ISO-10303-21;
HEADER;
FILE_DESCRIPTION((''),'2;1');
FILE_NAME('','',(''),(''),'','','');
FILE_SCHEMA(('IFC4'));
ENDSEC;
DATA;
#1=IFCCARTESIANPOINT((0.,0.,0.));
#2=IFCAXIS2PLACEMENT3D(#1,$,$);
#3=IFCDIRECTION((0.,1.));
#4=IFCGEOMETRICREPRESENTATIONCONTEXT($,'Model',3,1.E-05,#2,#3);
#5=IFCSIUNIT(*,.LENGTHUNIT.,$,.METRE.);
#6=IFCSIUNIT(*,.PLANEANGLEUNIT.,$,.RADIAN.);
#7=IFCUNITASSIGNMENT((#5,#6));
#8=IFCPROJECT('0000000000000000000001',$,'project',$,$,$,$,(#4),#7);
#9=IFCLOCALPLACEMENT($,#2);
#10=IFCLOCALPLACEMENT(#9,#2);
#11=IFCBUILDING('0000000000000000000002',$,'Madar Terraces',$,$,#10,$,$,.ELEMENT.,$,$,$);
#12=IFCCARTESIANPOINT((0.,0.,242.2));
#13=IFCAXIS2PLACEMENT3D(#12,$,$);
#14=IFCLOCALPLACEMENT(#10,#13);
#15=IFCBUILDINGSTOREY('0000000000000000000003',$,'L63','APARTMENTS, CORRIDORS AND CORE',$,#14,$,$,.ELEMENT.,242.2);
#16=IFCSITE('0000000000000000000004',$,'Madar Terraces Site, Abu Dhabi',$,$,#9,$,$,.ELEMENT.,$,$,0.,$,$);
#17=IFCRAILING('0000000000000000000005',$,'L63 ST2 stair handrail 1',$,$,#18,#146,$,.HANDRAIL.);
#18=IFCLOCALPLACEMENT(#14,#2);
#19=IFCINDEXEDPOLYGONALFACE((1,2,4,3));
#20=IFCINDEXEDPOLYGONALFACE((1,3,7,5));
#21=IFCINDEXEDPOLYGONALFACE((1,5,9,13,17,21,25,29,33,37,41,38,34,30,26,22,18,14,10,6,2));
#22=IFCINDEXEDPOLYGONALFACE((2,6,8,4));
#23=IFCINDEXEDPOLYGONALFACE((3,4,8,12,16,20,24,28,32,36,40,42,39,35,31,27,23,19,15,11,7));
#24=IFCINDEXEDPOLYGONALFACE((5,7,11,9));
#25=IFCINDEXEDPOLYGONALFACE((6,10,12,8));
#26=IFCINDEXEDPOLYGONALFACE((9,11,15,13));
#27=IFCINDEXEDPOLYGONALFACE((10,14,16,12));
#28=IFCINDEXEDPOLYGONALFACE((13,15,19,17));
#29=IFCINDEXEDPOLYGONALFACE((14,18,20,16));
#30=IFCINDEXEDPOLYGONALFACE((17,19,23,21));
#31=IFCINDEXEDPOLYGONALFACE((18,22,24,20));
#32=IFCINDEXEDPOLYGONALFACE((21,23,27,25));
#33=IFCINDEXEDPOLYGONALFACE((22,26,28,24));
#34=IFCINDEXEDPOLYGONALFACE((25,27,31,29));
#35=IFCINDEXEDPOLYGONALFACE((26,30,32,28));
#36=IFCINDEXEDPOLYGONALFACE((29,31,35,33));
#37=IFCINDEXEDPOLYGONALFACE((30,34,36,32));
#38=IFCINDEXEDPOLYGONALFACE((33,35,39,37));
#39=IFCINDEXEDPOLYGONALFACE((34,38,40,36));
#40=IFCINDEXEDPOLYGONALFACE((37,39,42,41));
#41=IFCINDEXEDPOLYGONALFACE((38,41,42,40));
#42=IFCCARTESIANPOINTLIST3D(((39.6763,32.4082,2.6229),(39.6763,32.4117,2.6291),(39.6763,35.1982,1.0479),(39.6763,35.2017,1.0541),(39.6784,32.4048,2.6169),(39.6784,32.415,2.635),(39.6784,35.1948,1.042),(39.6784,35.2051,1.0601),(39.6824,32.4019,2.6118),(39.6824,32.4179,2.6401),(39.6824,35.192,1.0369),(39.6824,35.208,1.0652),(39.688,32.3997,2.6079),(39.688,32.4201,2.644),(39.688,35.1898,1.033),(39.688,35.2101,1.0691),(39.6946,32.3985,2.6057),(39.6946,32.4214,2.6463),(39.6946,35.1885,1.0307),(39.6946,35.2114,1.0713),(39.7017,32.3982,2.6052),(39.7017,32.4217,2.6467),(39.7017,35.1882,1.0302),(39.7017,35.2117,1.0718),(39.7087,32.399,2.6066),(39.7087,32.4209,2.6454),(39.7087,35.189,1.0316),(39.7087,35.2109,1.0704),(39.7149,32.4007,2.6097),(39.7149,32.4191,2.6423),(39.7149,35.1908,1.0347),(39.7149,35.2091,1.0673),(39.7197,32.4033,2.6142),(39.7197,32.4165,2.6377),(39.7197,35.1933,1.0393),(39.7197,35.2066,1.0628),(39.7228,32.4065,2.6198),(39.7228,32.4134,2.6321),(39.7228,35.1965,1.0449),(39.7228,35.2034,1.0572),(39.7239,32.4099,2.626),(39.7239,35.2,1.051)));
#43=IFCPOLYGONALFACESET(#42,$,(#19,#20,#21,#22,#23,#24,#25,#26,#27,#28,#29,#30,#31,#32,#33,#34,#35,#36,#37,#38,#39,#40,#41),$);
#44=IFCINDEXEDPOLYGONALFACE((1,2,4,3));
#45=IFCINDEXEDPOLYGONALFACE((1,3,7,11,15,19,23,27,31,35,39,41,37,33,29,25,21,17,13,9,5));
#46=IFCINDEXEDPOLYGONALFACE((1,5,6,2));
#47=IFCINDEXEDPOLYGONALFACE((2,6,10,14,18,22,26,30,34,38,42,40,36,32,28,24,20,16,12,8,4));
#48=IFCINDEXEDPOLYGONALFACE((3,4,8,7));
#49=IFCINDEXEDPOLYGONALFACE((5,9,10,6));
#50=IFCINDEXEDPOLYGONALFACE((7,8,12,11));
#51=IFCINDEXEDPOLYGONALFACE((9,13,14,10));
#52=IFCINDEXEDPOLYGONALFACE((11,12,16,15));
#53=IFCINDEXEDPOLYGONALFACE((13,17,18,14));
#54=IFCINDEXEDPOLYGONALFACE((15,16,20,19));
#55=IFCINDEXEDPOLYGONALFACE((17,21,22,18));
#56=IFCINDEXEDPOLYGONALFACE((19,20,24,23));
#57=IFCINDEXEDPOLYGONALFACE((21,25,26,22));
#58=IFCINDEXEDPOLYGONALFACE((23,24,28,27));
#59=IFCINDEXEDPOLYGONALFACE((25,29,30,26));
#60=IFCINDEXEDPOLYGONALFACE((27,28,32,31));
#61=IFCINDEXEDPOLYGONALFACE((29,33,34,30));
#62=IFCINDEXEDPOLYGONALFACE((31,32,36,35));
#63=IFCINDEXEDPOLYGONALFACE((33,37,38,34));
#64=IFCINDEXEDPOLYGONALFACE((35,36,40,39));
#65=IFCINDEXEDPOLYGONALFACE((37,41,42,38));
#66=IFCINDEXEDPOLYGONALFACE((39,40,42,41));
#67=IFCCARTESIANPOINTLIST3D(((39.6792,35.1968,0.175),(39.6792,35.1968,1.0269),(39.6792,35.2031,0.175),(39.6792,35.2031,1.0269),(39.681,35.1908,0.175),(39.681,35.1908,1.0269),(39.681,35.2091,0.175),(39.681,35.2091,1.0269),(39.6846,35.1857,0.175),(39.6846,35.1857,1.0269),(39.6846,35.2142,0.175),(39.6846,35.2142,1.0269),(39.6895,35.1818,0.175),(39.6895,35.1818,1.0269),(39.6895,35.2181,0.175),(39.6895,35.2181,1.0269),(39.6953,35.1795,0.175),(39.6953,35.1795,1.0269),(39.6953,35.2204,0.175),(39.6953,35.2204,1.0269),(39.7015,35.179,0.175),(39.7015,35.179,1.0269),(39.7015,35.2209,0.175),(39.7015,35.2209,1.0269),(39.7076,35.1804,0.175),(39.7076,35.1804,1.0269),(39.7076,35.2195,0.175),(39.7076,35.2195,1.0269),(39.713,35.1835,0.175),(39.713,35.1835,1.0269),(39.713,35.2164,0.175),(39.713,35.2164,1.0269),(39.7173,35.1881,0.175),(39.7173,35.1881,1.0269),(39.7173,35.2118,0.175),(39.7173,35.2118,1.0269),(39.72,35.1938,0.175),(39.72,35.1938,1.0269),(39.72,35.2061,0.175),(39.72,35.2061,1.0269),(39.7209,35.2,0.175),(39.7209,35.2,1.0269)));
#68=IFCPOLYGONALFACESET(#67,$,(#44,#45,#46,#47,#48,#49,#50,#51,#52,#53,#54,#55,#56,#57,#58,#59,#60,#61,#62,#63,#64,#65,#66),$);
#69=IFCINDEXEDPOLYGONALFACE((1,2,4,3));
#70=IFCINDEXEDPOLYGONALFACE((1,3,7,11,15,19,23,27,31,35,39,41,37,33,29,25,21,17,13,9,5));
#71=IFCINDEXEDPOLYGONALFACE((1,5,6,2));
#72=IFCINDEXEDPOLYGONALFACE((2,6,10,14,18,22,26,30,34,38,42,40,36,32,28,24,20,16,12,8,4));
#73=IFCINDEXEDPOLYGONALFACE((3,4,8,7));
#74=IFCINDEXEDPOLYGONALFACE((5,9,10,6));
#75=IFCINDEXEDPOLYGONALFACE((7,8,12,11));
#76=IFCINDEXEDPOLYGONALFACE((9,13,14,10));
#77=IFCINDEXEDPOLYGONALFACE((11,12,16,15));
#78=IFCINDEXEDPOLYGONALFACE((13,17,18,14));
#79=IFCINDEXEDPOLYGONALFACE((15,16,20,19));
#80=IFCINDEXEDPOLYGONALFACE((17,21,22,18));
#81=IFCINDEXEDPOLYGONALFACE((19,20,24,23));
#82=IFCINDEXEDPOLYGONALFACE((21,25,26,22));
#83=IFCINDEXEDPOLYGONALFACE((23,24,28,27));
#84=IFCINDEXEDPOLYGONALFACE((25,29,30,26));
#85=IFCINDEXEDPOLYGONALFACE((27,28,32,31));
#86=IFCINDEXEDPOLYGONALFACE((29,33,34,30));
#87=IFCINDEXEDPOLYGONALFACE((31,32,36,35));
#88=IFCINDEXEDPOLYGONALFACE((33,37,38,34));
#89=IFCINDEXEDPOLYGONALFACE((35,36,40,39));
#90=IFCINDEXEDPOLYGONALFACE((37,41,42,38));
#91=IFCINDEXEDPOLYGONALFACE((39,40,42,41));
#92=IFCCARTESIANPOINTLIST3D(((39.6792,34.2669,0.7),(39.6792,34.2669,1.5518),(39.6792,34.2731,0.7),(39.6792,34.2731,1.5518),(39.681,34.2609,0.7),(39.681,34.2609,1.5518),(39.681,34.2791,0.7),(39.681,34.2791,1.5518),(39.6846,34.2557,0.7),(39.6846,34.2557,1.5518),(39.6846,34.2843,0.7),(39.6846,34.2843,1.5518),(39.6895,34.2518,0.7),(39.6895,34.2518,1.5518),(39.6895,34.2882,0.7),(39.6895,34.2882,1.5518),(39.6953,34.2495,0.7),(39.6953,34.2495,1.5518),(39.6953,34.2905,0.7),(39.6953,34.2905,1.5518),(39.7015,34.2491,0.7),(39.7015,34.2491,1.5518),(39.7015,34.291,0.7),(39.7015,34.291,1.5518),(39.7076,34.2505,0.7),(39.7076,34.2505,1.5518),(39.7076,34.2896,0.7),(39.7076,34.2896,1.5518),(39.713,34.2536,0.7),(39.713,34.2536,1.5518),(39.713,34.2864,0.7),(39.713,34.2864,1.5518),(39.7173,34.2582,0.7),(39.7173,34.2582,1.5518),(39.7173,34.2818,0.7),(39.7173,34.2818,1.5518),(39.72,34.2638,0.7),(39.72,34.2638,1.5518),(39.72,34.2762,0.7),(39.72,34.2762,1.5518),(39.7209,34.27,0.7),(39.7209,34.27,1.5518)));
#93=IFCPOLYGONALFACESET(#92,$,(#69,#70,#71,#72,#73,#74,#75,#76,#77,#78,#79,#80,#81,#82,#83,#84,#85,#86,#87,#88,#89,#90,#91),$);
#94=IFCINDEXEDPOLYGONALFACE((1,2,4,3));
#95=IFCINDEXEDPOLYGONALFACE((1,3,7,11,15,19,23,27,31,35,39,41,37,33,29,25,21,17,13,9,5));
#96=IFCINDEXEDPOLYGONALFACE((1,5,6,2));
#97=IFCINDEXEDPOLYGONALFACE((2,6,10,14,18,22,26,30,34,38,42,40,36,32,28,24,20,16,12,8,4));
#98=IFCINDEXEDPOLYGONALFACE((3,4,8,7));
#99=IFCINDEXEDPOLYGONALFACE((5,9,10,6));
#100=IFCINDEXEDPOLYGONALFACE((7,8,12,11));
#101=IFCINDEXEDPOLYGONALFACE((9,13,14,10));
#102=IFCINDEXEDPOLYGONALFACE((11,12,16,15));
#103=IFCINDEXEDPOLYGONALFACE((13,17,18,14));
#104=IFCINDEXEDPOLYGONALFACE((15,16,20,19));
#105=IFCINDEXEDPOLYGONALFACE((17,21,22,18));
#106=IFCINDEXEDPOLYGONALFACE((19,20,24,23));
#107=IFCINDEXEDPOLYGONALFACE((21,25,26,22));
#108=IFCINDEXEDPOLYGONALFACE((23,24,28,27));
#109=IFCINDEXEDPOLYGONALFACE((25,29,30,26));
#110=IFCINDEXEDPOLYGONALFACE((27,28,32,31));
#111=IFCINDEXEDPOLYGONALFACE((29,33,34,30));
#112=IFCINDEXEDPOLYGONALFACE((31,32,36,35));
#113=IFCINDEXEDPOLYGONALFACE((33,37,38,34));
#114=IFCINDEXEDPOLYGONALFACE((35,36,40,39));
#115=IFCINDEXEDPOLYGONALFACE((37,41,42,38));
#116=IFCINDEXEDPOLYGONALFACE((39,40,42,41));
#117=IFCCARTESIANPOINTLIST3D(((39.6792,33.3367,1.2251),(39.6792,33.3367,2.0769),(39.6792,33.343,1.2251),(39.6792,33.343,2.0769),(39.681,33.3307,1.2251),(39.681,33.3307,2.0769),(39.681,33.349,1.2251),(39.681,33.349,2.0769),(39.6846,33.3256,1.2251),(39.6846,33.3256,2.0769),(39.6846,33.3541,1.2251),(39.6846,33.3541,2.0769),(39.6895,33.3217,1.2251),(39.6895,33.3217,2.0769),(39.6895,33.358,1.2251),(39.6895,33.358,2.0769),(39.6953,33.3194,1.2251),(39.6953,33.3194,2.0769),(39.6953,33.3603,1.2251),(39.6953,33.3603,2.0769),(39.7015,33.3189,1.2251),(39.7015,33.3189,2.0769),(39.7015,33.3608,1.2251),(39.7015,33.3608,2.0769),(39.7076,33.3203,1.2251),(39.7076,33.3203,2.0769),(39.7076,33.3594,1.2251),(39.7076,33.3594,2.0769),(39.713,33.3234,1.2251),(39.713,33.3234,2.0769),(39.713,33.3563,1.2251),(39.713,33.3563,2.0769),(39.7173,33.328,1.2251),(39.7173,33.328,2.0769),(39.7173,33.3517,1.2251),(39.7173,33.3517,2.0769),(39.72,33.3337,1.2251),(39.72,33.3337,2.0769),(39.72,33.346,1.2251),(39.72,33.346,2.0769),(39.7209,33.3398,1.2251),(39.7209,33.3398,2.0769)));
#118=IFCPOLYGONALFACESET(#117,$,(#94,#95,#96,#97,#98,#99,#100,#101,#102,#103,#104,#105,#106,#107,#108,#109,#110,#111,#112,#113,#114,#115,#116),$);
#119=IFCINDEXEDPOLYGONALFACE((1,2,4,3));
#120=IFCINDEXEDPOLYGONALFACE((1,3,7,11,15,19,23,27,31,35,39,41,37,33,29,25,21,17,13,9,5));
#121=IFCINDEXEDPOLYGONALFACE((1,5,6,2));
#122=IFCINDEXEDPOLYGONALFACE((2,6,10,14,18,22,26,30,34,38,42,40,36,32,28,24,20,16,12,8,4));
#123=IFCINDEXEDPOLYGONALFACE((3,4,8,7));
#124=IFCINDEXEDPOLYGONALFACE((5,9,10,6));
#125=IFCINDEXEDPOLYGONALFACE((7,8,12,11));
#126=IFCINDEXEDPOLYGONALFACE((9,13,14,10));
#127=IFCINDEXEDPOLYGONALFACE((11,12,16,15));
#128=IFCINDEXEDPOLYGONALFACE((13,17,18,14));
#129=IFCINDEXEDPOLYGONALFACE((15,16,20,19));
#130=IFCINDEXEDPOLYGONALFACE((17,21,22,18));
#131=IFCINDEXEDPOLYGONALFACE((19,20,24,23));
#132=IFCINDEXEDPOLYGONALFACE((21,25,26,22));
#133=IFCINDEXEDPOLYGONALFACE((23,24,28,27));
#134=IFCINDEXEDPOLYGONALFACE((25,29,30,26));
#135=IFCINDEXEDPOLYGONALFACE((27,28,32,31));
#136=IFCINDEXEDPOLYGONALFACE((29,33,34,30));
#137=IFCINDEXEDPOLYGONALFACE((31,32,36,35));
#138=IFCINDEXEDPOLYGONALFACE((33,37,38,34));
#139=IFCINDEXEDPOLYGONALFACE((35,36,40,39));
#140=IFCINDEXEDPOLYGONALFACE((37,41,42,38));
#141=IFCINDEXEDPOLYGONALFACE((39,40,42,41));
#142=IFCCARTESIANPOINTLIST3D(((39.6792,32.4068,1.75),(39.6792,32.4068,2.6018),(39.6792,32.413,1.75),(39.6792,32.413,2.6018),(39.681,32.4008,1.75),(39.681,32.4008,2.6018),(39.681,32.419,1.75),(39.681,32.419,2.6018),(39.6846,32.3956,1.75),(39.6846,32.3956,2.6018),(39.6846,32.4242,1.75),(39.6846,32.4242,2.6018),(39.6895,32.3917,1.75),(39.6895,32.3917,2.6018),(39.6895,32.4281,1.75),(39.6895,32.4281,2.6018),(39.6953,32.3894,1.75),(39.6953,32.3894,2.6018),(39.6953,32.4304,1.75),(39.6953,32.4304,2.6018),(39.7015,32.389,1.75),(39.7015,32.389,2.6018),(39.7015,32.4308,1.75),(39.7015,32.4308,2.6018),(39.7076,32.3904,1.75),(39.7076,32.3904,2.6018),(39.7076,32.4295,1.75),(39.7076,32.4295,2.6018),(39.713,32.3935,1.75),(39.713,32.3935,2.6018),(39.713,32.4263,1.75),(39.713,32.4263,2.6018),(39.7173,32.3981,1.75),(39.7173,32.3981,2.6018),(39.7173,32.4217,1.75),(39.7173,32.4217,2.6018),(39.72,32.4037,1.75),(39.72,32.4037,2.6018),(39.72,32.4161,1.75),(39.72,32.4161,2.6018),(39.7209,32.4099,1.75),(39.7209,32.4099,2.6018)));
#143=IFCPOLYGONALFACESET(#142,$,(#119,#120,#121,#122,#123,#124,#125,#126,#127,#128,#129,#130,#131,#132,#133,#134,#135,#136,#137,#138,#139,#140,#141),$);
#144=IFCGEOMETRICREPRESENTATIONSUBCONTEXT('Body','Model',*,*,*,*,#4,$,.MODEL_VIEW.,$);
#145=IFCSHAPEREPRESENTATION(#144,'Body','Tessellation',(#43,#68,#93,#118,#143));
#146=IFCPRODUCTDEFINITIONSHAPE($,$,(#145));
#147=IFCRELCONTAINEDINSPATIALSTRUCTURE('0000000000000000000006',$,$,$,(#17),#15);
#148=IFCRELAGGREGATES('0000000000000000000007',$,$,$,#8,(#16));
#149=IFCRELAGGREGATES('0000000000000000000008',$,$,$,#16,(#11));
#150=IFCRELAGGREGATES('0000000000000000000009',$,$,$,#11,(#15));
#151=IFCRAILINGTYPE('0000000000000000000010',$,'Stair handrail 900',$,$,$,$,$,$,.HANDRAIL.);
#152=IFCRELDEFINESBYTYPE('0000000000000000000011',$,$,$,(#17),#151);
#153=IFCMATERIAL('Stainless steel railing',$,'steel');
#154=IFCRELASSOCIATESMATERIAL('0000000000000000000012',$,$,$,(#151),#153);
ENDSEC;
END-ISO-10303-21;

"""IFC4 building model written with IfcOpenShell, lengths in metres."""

from ifc_helpers import new_model, si_unit, direction, frame, origin, origin_2d, place, context, subcontext, project, spatial, circle, extrude, material, type_object, element, save


model = new_model("IFC4")

# Units and contexts
model_context = context("Model", 3, precision=1e-05, world=origin(), true_north=direction((0.0, 1.0)))
body_context = subcontext(model_context, "Body", "Model", "MODEL_VIEW")
ifc_project = project(units=[si_unit("LENGTHUNIT", "METRE"), si_unit("PLANEANGLEUNIT", "RADIAN")], contexts=[model_context])

# Site, building, storey
site_placement = place(None, origin())
site = spatial("IfcSite", under=ifc_project, at=site_placement, Name="Madar Terraces Site, Abu Dhabi", CompositionType="ELEMENT", RefElevation=0.0)
building_placement = place(site_placement, origin())
building = spatial("IfcBuilding", under=site, at=building_placement, Name="Madar Terraces", CompositionType="ELEMENT")
storey_placement = place(building_placement, frame((0.0, 0.0, 242.2)))
storey = spatial("IfcBuildingStorey", under=building, at=storey_placement, Name="L63", Description="APARTMENTS, CORRIDORS AND CORE", CompositionType="ELEMENT", Elevation=242.2)

# Railing
ifc_material_1 = material(Name="Stainless steel railing", Category="steel")
railing_type_1 = type_object("IfcRailingType", Name="Stair handrail 900", PredefinedType="HANDRAIL", material=ifc_material_1)
railing_1_placement = place(storey_placement, frame((39.7, 35.2, 0.175)))
element("IfcRailing", 1, at=railing_1_placement, inside=storey, type_object=railing_type_1, Name="L63 ST2 stair handrail 1", PredefinedType="HANDRAIL", context=body_context, shape_type="SweptSolid", body=[
    extrude(circle(Radius=0.0239, at=origin_2d()), frame((0.0, 0.0, 0.876), z_axis=(0.0, -0.870834, 0.491578), x_axis=(1.0, 0.0, 0.0)), (0.0, 0.0, 1.0), 3.2039),
    extrude(circle(Radius=0.021, at=origin_2d()), origin(), (0.0, 0.0, 1.0), 0.8518),
    extrude(circle(Radius=0.021, at=origin_2d()), frame((0.0, -0.9299, 0.5249)), (0.0, 0.0, 1.0), 0.8518),
    extrude(circle(Radius=0.021, at=origin_2d()), frame((0.0, -1.8601, 1.05)), (0.0, 0.0, 1.0), 0.8518),
    extrude(circle(Radius=0.021, at=origin_2d()), frame((0.0, -2.79, 1.575)), (0.0, 0.0, 1.0), 0.8518),
])

save(model, "model.ifc")
